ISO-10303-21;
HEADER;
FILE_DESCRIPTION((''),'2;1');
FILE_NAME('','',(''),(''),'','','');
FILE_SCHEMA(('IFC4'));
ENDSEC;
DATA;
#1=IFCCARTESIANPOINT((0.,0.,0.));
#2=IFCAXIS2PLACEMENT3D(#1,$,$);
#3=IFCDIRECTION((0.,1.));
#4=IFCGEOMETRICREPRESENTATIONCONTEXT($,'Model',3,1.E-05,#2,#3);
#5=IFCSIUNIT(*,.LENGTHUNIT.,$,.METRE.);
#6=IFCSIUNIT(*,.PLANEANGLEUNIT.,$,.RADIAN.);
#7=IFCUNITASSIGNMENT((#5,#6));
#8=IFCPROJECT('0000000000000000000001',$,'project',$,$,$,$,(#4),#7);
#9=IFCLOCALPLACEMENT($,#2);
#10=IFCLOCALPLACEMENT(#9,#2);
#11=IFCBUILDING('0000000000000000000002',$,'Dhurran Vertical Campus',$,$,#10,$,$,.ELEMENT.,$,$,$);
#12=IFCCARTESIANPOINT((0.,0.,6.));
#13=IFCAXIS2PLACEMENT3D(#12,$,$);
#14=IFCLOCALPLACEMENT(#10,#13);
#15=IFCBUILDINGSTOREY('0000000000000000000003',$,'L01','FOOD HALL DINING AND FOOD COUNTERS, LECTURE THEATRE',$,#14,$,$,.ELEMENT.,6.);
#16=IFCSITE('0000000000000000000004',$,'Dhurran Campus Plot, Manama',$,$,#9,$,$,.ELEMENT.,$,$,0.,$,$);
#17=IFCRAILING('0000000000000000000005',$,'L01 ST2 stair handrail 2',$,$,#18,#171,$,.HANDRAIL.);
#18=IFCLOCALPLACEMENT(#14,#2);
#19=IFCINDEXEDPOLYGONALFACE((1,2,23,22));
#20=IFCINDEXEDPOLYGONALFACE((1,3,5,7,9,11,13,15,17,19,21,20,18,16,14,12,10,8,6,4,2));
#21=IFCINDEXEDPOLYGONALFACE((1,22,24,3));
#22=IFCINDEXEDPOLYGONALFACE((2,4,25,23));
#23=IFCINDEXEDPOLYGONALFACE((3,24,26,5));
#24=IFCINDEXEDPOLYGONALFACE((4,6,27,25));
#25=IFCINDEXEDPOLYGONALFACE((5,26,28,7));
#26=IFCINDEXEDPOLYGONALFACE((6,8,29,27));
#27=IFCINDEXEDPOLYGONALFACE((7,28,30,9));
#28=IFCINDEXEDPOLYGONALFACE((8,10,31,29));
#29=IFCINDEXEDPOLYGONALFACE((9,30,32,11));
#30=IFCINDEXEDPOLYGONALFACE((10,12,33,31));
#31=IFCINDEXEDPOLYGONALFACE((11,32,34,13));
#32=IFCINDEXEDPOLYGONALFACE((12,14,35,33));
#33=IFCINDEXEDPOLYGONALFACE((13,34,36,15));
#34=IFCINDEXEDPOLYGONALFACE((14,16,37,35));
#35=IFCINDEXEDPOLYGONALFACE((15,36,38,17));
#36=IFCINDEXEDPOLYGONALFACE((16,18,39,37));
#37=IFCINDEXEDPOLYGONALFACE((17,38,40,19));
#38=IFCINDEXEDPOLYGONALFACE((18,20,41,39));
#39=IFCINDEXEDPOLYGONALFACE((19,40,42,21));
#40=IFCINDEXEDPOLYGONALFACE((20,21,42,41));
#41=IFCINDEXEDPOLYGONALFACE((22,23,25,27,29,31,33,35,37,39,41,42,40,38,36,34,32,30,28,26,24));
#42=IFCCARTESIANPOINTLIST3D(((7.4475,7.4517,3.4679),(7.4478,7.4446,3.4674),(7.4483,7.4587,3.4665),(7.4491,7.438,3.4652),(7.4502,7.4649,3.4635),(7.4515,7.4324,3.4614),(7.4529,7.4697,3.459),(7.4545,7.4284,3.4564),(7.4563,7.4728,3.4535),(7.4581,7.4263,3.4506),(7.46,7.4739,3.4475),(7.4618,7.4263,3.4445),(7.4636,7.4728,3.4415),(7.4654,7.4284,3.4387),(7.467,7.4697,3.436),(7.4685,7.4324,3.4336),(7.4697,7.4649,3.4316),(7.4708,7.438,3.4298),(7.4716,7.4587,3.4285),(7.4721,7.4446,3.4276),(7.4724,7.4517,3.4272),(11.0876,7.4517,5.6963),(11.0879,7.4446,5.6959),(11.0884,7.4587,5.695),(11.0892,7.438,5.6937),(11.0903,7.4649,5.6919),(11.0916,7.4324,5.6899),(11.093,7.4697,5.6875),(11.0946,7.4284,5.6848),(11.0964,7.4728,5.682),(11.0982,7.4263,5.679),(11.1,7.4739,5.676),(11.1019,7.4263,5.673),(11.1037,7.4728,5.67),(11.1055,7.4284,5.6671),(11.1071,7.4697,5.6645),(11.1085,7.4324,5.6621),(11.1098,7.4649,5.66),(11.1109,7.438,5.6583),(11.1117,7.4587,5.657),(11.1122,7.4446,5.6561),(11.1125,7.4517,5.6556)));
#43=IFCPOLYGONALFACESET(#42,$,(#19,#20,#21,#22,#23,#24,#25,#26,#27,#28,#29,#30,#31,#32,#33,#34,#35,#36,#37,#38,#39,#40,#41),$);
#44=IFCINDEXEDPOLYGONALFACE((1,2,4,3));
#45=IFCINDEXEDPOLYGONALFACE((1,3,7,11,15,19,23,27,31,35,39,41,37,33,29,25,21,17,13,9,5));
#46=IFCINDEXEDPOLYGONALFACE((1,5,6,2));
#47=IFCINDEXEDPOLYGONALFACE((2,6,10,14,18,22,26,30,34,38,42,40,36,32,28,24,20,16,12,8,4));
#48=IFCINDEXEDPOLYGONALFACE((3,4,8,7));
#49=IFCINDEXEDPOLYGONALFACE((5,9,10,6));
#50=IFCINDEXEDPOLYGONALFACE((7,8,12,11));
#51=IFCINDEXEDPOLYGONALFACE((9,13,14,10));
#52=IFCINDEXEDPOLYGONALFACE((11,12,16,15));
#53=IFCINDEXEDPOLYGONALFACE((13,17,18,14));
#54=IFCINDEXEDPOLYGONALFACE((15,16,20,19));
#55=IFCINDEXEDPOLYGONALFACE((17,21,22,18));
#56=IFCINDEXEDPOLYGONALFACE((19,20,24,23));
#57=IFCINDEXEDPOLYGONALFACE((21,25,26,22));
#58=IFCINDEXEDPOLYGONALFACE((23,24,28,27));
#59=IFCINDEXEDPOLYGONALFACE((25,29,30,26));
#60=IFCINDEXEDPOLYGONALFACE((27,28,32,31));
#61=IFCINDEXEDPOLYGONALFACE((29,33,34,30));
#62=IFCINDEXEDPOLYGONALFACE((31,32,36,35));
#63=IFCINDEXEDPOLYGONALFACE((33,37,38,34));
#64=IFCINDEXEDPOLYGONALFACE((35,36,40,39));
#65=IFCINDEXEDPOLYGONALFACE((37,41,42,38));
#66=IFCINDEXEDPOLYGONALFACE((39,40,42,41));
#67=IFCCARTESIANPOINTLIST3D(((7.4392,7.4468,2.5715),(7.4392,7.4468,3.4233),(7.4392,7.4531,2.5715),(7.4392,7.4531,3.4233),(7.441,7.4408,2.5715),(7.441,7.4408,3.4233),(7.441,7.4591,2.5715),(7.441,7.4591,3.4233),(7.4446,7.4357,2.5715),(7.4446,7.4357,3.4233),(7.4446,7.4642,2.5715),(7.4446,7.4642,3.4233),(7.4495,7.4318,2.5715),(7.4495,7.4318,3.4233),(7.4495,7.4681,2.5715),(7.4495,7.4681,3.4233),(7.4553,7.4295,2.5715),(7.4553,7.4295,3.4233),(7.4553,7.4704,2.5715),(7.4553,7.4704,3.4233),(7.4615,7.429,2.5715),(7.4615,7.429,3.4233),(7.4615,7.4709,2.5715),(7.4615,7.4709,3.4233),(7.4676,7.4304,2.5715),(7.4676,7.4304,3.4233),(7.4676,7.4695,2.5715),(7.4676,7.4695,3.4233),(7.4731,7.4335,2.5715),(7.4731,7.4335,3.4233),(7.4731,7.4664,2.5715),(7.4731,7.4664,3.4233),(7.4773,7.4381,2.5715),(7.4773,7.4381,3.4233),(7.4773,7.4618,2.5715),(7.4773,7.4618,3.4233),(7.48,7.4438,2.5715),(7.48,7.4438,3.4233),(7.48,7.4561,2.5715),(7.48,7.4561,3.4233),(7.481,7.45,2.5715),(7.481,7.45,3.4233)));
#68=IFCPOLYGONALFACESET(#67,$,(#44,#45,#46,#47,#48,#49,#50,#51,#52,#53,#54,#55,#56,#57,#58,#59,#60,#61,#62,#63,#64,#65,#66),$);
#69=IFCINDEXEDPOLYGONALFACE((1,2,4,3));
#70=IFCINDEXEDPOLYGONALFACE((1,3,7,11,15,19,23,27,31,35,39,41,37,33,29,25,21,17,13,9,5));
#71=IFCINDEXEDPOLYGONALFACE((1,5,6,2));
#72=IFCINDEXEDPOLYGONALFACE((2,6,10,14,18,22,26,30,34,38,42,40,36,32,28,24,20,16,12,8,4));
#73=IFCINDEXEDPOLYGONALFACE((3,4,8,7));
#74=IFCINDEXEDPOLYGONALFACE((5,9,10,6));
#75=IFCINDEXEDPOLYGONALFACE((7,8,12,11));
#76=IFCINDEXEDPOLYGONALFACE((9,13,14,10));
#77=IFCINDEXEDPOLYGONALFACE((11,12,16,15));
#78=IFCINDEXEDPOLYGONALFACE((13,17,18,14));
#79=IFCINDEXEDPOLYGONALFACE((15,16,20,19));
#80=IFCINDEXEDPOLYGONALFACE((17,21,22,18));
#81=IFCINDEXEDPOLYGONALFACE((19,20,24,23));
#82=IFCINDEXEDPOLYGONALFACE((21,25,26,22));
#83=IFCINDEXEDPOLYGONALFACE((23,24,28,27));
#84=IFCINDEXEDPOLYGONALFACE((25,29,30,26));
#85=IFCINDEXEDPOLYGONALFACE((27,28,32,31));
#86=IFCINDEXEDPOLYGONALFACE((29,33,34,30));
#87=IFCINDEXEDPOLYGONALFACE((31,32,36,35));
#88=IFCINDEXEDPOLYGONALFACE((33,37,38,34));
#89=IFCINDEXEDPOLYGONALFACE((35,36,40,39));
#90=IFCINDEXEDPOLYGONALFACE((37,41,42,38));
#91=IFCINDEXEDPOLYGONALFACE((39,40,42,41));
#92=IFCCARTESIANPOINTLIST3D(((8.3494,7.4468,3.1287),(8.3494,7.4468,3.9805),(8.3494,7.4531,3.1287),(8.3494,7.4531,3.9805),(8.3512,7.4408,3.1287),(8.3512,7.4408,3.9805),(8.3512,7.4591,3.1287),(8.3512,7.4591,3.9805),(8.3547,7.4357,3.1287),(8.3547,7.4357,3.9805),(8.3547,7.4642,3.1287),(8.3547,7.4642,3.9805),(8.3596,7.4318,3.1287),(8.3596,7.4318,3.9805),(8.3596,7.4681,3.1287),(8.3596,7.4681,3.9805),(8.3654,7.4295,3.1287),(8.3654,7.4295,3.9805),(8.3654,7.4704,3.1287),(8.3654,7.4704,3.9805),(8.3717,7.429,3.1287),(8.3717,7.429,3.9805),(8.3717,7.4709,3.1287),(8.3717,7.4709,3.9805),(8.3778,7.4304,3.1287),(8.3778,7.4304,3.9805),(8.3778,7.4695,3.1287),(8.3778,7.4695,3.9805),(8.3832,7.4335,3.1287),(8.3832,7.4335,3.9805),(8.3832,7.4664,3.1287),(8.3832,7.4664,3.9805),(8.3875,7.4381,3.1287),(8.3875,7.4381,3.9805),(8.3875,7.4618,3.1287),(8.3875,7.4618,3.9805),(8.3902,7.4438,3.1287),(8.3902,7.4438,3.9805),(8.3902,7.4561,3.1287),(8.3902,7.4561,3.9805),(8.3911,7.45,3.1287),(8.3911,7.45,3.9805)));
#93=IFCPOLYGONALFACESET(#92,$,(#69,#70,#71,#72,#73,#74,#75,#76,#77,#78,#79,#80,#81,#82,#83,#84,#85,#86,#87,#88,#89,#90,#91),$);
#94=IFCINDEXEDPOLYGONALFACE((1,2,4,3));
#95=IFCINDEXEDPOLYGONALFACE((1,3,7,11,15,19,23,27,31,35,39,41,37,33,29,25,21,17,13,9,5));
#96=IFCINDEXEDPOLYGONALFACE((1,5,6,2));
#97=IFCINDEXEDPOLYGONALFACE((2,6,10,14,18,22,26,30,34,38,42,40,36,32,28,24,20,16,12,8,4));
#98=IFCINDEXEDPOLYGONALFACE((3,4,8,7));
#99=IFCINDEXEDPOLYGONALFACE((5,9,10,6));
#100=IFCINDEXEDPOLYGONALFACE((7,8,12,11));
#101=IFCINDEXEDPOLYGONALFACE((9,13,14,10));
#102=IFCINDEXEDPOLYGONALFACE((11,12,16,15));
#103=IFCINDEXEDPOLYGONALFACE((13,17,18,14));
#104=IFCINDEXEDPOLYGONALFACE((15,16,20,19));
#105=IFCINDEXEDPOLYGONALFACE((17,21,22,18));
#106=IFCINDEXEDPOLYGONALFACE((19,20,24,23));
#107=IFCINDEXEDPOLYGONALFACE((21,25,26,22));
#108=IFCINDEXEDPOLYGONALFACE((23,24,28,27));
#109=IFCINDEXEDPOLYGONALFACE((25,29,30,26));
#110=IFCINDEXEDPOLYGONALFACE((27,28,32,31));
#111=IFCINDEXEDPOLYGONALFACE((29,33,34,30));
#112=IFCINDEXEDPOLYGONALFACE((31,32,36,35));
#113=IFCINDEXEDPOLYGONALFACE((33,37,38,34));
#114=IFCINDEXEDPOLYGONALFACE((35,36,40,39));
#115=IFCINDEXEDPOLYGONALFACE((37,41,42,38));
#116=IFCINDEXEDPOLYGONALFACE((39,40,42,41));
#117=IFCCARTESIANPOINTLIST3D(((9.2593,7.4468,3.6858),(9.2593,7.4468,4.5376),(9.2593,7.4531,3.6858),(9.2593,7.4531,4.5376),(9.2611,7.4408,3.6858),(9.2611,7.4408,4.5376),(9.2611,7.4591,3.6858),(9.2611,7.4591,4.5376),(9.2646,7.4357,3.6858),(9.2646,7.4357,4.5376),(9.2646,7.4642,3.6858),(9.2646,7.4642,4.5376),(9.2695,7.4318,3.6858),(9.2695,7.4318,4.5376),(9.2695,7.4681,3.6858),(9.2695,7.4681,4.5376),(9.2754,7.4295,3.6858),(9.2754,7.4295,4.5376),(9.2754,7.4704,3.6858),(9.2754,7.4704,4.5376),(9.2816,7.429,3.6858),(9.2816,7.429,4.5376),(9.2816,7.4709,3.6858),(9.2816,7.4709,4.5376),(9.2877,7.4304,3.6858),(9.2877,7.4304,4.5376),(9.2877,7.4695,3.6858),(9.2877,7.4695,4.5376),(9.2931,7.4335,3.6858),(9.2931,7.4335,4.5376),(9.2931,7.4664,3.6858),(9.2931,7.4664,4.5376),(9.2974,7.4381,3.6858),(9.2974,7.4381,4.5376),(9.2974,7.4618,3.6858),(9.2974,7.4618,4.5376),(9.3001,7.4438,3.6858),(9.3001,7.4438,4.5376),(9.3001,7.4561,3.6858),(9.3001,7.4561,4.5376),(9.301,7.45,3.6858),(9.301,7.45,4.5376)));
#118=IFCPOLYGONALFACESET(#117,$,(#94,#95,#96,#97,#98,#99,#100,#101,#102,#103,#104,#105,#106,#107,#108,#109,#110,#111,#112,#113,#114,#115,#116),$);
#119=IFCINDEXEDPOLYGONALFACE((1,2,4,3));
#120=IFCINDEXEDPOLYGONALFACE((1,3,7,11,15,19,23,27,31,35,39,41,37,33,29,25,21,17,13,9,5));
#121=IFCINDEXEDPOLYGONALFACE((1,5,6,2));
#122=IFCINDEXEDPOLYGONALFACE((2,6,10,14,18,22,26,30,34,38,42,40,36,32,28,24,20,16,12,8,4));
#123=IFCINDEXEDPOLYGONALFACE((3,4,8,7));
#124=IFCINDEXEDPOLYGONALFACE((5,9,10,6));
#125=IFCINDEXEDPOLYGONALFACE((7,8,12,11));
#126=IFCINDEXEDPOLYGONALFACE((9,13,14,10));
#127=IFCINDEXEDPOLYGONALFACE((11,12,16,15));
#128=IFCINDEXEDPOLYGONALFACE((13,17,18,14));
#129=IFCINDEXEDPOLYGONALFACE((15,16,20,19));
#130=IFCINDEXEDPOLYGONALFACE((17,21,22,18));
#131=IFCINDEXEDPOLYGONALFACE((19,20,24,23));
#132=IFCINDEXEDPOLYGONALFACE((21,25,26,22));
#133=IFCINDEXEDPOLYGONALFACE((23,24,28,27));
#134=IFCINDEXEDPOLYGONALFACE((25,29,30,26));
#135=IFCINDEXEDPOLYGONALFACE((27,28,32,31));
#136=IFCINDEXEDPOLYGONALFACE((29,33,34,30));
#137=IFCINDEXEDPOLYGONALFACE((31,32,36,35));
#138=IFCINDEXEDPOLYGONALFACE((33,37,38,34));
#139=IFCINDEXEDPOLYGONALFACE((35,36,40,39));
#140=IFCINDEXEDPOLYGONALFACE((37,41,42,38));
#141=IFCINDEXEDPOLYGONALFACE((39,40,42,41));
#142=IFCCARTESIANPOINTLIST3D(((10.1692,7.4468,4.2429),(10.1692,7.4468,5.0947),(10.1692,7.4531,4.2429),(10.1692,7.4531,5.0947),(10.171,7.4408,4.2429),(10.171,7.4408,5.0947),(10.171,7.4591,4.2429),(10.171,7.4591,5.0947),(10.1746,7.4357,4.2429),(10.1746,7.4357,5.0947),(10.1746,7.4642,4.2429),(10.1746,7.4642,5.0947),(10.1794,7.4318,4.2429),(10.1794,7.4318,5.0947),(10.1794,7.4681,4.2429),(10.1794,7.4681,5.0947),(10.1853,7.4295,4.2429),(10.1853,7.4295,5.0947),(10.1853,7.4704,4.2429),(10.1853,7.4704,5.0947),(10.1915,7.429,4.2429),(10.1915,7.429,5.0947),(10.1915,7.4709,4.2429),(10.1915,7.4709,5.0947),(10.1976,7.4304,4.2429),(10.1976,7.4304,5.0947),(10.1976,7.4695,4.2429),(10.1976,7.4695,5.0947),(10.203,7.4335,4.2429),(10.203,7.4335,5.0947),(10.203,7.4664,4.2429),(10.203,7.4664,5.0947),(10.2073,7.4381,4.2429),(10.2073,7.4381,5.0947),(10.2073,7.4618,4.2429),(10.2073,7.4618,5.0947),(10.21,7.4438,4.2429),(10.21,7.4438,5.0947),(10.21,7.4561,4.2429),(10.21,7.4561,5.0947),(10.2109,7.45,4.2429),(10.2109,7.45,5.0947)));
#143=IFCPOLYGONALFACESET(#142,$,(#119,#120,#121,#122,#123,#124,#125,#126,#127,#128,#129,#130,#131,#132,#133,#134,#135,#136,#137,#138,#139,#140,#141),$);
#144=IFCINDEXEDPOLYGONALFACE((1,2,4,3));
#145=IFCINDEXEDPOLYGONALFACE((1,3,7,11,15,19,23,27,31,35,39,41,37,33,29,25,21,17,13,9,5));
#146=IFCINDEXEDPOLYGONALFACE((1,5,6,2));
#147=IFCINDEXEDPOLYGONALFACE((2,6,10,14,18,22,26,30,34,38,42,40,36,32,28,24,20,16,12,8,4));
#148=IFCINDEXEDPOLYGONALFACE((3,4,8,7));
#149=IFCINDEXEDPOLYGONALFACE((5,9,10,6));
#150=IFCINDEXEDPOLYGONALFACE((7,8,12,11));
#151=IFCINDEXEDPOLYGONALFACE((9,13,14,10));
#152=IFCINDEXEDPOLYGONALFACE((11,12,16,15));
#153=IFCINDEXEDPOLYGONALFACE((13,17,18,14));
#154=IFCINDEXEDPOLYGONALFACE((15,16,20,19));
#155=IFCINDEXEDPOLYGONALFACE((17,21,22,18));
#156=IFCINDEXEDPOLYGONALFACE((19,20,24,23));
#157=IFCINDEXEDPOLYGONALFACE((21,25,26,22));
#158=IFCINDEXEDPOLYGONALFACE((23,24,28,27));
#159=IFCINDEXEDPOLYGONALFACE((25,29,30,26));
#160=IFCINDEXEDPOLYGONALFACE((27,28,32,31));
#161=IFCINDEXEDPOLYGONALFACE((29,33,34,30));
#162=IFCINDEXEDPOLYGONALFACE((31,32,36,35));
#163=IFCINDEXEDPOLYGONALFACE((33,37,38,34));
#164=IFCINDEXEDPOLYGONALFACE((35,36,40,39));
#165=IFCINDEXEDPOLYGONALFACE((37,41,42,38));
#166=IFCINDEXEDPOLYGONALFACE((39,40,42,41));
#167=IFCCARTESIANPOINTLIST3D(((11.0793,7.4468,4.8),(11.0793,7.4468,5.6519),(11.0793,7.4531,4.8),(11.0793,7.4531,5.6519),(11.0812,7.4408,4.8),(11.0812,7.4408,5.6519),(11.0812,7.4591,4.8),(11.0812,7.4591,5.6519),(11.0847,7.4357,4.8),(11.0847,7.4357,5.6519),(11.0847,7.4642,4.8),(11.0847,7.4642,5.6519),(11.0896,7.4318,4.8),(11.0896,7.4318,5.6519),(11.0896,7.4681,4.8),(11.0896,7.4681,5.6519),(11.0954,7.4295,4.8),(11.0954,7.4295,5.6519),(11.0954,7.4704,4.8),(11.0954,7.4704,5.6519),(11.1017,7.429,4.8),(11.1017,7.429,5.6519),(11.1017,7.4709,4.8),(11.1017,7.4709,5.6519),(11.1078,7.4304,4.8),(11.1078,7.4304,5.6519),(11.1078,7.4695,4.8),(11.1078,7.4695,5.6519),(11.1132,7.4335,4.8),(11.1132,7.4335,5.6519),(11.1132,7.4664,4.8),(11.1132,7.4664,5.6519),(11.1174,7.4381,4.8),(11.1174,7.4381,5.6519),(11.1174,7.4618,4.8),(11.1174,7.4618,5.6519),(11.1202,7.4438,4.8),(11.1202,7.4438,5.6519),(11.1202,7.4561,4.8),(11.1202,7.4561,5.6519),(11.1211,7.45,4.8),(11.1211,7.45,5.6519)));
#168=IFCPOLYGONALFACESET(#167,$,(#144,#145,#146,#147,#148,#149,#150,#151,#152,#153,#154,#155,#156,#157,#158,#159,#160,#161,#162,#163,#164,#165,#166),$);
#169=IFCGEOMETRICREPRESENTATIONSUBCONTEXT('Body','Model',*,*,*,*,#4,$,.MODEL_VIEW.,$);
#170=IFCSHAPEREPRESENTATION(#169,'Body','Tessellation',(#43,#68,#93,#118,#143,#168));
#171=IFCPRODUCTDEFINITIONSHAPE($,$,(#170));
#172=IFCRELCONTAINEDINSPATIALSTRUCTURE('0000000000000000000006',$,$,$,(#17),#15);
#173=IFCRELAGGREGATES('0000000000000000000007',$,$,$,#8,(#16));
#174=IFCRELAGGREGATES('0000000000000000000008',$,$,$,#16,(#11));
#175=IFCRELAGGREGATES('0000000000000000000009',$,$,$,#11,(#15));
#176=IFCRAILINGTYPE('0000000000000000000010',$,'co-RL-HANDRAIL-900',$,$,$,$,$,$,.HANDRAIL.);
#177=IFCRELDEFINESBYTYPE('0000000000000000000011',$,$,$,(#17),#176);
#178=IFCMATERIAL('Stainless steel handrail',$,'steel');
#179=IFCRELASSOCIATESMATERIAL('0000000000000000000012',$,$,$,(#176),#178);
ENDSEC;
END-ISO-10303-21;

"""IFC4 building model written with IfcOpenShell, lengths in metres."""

from ifc_helpers import new_model, si_unit, direction, frame, origin, origin_2d, place, context, subcontext, project, spatial, circle, extrude, material, type_object, element, save


model = new_model("IFC4")

# Units and contexts
model_context = context("Model", 3, precision=1e-05, world=origin(), true_north=direction((0.0, 1.0)))
body_context = subcontext(model_context, "Body", "Model", "MODEL_VIEW")
ifc_project = project(units=[si_unit("LENGTHUNIT", "METRE"), si_unit("PLANEANGLEUNIT", "RADIAN")], contexts=[model_context])

# Site, building, storey
site_placement = place(None, origin())
site = spatial("IfcSite", under=ifc_project, at=site_placement, Name="Dhurran Campus Plot, Manama", CompositionType="ELEMENT", RefElevation=0.0)
building_placement = place(site_placement, origin())
building = spatial("IfcBuilding", under=site, at=building_placement, Name="Dhurran Vertical Campus", CompositionType="ELEMENT")
storey_placement = place(building_placement, frame((0.0, 0.0, 6.0)))
storey = spatial("IfcBuildingStorey", under=building, at=storey_placement, Name="L01", Description="FOOD HALL DINING AND FOOD COUNTERS, LECTURE THEATRE", CompositionType="ELEMENT", Elevation=6.0)

# Railing
ifc_material_1 = material(Name="Stainless steel handrail", Category="steel")
railing_type_1 = type_object("IfcRailingType", Name="co-RL-HANDRAIL-900", PredefinedType="HANDRAIL", material=ifc_material_1)
railing_1_placement = place(storey_placement, frame((7.46, 7.45, 2.5715)))
element("IfcRailing", 1, at=railing_1_placement, inside=storey, type_object=railing_type_1, Name="L01 ST2 stair handrail 2", PredefinedType="HANDRAIL", context=body_context, shape_type="SweptSolid", body=[
    extrude(circle(Radius=0.0239, at=origin_2d()), frame((0.0, 0.0, 0.876), z_axis=(0.852866, 0.0, 0.52213), x_axis=(0.0, 1.0, 0.0)), (0.0, 0.0, 1.0), 4.2681),
    extrude(circle(Radius=0.021, at=origin_2d()), origin(), (0.0, 0.0, 1.0), 0.8518),
    extrude(circle(Radius=0.021, at=origin_2d()), frame((0.9102, 0.0, 0.5571)), (0.0, 0.0, 1.0), 0.8518),
    extrude(circle(Radius=0.021, at=origin_2d()), frame((1.8201, 0.0, 1.1143)), (0.0, 0.0, 1.0), 0.8518),
    extrude(circle(Radius=0.021, at=origin_2d()), frame((2.73, 0.0, 1.6714)), (0.0, 0.0, 1.0), 0.8518),
    extrude(circle(Radius=0.021, at=origin_2d()), frame((3.6401, 0.0, 2.2285)), (0.0, 0.0, 1.0), 0.8518),
])

save(model, "model.ifc")
